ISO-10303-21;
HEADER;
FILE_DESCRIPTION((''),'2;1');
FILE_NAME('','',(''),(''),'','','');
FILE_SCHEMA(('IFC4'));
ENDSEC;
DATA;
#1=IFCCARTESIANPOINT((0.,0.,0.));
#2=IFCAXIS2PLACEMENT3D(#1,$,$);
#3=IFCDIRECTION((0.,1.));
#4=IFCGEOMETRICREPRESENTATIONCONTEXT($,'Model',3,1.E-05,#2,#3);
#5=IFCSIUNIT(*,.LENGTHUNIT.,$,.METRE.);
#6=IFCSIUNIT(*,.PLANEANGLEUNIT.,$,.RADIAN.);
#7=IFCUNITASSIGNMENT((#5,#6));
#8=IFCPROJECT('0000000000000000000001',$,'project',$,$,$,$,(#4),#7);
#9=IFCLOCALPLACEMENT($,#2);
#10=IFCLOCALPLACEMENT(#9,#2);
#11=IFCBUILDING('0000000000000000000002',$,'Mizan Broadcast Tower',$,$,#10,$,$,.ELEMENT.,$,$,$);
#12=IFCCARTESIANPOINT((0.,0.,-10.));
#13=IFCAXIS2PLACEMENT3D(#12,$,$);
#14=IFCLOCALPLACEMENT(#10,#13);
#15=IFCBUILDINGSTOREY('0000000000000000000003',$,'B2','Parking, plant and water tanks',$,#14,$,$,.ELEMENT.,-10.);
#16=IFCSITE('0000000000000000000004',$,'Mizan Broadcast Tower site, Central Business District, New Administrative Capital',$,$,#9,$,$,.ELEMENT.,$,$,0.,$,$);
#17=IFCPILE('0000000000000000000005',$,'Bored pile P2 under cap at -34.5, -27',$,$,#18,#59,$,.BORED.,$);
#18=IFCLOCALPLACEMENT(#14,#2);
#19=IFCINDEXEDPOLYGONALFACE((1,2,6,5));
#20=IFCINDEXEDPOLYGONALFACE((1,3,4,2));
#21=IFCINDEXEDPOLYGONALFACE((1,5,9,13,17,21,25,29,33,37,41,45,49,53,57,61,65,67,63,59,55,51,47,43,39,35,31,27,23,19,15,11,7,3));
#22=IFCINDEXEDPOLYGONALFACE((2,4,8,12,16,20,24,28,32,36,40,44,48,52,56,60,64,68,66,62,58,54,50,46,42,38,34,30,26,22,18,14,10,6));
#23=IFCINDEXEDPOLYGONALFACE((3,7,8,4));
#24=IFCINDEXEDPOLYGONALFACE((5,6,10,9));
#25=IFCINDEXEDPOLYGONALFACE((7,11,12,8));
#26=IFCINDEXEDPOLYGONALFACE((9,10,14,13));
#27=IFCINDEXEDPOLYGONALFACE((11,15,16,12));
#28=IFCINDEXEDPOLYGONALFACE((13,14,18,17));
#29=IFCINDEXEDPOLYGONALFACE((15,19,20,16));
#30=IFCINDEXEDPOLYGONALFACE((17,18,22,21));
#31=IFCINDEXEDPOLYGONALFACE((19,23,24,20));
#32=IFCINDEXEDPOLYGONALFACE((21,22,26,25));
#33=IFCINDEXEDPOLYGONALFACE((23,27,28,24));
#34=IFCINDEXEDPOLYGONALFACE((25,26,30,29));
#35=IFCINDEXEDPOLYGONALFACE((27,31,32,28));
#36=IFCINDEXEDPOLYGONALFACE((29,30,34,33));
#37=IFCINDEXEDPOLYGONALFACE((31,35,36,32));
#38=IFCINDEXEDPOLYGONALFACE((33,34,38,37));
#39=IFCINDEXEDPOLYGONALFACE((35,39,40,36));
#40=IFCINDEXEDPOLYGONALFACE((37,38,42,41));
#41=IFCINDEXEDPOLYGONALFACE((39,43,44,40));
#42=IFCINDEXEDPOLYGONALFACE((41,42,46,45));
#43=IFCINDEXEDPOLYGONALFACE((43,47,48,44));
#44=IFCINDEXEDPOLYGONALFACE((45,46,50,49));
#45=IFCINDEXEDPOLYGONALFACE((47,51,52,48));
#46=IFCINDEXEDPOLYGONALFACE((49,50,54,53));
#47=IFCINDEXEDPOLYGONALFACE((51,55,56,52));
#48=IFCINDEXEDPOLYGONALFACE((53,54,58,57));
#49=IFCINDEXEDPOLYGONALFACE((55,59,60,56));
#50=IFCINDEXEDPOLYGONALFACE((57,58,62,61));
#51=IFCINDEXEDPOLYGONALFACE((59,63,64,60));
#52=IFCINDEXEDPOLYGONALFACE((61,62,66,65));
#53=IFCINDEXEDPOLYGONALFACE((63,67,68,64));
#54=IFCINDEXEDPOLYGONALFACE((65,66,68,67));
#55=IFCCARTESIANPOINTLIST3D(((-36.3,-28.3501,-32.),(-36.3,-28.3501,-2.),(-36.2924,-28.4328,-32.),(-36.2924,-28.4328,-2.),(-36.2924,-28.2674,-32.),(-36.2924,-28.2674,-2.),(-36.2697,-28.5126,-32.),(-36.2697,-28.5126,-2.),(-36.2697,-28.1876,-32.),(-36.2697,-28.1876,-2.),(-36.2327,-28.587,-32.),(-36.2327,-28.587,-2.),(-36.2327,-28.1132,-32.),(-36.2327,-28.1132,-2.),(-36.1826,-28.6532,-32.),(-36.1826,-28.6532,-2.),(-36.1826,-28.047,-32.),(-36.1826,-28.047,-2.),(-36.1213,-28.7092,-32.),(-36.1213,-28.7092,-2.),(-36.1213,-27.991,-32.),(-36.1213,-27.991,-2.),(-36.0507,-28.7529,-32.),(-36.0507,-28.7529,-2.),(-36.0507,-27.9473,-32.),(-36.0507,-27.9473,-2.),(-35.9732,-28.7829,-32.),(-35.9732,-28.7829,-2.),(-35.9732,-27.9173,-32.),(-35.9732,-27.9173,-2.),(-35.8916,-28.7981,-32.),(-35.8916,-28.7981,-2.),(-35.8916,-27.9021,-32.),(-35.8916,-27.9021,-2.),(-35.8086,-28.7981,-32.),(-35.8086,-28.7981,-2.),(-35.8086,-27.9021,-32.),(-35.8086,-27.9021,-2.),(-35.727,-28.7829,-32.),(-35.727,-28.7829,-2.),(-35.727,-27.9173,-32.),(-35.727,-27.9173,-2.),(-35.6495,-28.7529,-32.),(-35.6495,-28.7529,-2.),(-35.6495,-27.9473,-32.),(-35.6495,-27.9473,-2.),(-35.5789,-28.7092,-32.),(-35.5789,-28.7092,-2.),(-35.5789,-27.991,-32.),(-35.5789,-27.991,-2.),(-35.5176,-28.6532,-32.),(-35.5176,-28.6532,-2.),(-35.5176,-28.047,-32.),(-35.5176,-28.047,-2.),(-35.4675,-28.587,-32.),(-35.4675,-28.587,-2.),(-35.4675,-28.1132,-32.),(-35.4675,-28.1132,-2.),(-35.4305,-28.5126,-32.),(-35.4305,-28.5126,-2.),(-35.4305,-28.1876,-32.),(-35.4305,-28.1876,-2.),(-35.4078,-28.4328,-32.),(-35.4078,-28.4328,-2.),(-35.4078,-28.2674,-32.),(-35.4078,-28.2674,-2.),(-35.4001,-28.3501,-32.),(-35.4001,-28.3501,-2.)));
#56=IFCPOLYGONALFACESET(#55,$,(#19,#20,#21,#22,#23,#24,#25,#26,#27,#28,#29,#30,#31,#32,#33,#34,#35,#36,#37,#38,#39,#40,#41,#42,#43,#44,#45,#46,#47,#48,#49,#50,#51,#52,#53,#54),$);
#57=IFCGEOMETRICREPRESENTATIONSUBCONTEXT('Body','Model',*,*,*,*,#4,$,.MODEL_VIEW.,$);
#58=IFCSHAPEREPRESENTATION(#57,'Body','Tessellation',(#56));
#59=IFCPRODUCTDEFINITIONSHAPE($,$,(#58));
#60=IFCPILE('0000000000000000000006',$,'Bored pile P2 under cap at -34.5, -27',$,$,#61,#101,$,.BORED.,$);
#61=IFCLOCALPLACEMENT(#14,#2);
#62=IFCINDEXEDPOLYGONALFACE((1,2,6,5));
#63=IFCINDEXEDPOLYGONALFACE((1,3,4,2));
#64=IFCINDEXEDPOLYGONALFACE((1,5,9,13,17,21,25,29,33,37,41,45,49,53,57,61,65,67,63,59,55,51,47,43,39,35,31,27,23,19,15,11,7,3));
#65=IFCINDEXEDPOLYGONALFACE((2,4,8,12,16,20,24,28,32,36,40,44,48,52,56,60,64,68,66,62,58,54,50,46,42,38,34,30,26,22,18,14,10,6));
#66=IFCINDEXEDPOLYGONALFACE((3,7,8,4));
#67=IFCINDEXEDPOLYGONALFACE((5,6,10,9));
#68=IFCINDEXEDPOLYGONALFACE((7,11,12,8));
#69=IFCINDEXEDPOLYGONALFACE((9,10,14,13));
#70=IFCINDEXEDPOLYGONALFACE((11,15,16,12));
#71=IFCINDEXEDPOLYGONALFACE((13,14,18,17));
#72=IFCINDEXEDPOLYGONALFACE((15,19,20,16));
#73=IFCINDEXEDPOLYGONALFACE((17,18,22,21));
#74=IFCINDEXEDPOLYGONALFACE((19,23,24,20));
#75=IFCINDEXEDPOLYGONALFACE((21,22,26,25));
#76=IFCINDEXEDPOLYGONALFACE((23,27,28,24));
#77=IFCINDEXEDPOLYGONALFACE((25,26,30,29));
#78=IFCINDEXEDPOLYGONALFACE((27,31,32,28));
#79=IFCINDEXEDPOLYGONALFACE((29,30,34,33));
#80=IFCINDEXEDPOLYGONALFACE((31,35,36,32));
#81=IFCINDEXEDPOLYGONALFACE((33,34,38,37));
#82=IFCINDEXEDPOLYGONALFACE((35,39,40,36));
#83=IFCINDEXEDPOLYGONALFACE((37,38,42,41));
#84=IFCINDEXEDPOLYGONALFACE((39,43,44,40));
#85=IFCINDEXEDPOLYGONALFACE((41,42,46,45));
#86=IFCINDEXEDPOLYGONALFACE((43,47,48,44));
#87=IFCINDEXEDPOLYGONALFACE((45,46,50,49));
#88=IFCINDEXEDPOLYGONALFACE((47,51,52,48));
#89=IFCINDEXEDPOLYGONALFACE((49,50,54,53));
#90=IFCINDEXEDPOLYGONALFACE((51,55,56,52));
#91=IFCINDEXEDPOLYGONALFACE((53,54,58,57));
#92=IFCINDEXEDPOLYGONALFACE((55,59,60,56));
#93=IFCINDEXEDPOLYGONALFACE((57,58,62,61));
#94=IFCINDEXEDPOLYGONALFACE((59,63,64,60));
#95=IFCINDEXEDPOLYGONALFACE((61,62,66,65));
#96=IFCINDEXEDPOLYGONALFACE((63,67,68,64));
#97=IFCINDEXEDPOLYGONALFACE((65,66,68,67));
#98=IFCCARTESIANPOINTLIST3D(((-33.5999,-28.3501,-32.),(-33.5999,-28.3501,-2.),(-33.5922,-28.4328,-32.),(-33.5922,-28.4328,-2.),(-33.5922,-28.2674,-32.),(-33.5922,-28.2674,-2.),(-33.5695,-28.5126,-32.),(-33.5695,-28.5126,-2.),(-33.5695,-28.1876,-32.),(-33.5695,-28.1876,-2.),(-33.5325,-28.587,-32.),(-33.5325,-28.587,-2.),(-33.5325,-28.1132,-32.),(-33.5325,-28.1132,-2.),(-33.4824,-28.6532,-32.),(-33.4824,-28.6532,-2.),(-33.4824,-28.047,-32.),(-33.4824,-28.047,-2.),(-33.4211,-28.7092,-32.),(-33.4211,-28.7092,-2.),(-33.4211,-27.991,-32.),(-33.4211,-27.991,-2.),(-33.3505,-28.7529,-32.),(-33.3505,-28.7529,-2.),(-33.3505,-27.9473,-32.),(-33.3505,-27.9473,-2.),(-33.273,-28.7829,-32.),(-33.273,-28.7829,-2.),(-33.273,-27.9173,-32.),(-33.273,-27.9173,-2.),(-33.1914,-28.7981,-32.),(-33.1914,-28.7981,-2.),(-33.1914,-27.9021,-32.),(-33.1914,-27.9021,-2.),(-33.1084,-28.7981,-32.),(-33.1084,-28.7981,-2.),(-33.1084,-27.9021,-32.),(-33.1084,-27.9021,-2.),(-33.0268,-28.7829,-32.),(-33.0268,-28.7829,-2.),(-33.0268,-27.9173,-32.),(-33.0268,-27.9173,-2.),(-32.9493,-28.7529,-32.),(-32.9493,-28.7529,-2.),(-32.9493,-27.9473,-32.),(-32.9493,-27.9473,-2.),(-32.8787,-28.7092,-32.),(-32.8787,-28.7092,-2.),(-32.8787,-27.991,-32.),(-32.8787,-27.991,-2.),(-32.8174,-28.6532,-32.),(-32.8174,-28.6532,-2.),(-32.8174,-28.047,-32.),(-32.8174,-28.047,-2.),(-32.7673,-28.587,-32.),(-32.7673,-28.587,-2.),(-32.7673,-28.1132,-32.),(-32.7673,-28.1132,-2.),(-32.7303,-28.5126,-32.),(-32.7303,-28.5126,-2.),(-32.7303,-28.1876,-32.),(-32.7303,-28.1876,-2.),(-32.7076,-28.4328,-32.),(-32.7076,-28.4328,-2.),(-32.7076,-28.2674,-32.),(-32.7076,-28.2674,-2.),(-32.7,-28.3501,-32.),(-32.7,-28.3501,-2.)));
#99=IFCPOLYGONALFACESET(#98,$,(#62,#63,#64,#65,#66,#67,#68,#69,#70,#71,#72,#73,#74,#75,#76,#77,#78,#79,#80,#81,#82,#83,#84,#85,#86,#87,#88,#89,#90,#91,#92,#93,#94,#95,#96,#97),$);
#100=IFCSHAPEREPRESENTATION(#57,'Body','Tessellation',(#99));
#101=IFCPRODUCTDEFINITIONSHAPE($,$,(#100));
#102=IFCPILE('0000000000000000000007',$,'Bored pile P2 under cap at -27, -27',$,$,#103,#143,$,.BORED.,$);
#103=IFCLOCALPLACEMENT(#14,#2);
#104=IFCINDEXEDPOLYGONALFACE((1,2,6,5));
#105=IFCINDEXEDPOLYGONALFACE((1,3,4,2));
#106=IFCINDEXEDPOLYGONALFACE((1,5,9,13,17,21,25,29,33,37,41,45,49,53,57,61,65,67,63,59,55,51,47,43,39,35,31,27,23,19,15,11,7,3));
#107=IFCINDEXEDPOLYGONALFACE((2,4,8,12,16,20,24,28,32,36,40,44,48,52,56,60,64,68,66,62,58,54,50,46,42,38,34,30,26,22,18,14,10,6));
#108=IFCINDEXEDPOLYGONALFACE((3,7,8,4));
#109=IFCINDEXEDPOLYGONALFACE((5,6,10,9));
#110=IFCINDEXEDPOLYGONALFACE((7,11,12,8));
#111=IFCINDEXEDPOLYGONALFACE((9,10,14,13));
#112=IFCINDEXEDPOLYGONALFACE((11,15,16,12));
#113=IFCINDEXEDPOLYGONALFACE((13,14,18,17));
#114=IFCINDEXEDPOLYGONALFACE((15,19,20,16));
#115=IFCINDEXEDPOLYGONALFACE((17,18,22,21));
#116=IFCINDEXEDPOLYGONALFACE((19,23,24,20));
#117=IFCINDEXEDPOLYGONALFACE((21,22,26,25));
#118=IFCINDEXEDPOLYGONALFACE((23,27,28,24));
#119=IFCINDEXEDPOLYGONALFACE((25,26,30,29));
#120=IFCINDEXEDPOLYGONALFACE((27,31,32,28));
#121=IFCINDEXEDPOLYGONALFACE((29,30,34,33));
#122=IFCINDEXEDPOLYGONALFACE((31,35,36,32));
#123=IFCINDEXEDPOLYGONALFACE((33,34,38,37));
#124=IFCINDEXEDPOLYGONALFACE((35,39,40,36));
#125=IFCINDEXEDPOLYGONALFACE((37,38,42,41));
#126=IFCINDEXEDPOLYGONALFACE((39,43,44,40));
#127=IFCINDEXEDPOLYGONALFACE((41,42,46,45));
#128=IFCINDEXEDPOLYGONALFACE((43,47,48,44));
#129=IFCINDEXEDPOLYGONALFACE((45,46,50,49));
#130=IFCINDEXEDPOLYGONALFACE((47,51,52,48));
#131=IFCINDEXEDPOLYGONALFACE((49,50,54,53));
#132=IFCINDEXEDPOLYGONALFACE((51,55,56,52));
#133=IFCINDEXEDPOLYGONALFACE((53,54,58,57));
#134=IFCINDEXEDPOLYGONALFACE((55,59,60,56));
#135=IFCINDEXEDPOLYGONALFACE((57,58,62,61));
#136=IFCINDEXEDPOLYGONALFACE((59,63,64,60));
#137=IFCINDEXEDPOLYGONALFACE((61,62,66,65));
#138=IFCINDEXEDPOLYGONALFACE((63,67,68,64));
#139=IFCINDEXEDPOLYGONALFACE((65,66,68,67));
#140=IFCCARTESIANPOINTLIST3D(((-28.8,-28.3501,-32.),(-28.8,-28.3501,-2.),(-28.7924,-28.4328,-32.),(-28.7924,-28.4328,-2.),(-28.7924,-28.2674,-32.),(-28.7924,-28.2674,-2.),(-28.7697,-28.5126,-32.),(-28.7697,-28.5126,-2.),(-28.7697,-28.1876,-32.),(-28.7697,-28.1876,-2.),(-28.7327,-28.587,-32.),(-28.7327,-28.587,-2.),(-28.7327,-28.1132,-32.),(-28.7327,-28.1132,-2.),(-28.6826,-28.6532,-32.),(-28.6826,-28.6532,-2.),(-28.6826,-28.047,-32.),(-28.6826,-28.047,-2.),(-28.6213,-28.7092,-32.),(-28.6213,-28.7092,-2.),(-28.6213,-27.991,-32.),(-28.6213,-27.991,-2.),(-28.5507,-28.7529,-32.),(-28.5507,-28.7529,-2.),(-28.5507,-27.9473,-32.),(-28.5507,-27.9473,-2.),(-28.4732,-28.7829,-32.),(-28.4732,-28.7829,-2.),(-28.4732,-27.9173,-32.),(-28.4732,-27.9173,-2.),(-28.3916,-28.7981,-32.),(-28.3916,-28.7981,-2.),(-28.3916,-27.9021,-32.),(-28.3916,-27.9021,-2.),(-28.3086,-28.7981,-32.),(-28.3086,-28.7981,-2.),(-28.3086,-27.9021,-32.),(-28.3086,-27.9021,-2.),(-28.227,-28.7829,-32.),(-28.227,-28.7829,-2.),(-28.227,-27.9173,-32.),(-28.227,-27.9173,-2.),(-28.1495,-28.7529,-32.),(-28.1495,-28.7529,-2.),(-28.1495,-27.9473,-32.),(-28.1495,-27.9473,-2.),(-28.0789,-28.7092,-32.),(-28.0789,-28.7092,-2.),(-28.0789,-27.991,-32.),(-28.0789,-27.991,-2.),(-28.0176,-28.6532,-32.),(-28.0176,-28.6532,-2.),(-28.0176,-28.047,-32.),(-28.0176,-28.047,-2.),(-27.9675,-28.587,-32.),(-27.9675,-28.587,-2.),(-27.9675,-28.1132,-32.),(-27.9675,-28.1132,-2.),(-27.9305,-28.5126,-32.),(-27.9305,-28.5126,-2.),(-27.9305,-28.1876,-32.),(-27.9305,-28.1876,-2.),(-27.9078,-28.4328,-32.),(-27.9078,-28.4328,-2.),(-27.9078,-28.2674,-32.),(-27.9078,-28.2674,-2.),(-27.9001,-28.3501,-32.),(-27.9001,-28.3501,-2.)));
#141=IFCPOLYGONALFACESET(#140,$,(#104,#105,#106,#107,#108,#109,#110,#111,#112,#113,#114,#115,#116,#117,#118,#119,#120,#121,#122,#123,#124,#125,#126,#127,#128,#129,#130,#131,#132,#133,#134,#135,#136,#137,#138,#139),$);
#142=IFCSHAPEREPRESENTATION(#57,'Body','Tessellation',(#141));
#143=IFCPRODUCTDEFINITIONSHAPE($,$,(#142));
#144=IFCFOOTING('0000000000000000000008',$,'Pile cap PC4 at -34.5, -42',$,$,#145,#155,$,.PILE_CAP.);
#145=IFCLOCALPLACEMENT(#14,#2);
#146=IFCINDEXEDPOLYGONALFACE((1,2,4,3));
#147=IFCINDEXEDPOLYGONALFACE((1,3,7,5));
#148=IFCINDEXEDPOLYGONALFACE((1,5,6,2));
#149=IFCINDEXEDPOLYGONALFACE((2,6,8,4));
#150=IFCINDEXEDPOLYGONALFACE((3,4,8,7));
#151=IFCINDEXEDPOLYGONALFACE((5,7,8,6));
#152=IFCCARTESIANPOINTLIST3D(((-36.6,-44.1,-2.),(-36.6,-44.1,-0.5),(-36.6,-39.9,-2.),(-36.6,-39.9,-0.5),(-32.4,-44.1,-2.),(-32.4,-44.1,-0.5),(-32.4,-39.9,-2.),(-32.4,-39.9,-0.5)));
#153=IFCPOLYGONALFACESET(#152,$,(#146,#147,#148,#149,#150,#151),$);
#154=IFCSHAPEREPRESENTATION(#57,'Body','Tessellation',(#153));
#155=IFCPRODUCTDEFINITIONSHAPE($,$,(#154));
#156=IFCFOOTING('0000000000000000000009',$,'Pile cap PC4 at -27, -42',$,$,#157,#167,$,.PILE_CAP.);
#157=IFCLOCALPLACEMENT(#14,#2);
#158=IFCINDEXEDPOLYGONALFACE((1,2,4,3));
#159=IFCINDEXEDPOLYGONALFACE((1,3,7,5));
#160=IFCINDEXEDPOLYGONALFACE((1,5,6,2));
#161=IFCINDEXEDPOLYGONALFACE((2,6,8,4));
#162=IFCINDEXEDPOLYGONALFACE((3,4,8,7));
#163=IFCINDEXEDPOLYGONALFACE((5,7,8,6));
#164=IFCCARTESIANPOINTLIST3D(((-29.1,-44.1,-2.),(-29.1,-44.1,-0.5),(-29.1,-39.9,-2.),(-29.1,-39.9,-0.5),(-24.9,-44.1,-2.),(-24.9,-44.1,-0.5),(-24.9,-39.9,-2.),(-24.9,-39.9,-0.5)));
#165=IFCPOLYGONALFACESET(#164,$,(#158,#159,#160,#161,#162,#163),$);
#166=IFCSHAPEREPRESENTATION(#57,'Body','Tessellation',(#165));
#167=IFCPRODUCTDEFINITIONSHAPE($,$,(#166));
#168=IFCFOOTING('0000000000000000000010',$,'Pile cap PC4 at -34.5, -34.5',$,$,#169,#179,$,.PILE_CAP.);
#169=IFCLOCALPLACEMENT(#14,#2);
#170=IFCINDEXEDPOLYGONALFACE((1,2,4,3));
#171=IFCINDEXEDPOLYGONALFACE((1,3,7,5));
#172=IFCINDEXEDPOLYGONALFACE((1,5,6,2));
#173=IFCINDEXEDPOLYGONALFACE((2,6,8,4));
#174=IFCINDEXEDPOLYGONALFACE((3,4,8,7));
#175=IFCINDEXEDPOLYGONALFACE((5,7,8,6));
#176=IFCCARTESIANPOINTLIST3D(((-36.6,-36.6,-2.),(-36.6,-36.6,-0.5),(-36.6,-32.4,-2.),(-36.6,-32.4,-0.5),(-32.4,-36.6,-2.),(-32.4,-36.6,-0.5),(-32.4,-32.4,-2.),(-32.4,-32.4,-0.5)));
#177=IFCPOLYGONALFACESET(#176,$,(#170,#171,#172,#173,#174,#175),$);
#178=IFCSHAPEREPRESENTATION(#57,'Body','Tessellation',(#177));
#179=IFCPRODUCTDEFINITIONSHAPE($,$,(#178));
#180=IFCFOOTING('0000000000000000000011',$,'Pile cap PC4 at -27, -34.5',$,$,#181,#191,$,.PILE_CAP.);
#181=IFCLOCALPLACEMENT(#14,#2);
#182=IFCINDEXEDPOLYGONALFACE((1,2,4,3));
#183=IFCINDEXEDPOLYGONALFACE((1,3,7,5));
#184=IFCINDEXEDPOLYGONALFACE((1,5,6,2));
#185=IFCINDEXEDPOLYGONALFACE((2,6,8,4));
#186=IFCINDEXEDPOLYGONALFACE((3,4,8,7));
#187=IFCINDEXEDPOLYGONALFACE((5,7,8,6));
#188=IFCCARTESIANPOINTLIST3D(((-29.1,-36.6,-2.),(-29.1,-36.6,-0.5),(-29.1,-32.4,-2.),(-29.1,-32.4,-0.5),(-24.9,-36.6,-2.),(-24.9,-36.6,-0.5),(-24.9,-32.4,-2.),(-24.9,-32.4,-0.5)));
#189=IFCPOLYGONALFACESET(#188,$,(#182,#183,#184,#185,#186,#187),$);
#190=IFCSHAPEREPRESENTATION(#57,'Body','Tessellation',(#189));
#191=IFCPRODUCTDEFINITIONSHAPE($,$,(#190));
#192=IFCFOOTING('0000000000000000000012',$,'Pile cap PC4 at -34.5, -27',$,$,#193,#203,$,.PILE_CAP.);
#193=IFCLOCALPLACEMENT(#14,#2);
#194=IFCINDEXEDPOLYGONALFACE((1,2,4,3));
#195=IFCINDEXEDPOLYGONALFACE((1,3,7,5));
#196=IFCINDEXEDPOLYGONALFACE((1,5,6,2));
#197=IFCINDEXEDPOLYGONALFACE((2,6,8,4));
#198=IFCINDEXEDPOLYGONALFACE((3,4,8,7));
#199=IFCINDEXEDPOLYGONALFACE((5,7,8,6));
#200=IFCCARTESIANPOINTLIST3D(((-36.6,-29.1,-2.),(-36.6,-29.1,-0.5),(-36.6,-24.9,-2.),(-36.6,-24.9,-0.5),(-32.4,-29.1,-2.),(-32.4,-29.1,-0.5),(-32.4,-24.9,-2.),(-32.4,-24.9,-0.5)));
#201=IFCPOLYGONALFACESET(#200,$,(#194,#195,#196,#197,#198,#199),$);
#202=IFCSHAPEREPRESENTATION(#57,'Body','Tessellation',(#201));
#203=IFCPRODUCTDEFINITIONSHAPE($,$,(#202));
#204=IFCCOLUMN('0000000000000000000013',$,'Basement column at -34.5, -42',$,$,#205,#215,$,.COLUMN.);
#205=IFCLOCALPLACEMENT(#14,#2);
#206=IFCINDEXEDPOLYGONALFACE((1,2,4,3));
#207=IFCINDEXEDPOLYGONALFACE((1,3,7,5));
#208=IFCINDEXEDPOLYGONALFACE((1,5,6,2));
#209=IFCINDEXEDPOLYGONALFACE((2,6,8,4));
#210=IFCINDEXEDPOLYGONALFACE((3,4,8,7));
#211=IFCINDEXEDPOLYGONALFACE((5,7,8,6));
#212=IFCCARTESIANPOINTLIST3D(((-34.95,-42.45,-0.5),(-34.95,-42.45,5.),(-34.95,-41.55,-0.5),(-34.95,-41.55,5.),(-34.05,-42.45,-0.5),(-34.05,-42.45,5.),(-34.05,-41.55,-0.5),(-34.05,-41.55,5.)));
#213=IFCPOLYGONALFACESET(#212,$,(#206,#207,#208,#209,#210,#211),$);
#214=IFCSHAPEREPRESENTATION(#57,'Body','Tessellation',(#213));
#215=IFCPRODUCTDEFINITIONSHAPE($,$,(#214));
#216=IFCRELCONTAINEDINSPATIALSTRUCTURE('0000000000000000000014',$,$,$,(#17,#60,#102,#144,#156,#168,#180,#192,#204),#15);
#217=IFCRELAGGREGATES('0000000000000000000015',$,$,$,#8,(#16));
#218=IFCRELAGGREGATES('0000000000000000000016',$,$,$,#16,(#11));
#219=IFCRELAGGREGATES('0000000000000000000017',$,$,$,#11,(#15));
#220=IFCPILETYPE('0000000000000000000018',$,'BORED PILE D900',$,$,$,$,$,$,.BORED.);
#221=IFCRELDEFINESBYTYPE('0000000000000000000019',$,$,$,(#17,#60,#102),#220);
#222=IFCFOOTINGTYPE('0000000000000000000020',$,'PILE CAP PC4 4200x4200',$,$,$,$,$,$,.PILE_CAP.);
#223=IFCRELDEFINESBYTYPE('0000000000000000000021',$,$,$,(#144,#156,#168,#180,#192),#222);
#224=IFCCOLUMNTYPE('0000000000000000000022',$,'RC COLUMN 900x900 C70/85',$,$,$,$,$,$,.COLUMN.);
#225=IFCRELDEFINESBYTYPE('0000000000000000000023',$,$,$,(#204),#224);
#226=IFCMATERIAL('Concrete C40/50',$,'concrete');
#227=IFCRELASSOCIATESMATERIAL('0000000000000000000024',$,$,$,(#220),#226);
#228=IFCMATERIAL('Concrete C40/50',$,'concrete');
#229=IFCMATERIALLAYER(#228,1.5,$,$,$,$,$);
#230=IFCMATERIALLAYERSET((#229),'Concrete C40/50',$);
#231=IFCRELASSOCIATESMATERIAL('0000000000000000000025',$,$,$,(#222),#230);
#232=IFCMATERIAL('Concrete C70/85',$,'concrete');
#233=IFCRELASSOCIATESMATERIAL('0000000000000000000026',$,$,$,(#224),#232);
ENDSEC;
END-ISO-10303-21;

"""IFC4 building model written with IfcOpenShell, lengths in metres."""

from ifc_helpers import new_model, si_unit, direction, frame, origin, origin_2d, place, context, subcontext, project, spatial, rectangle, circle, extrude, material, layer, layer_set, material_profile, profile_set, type_object, element, save


model = new_model("IFC4")

# Units and contexts
model_context = context("Model", 3, precision=1e-05, world=origin(), true_north=direction((0.0, 1.0)))
body_context = subcontext(model_context, "Body", "Model", "MODEL_VIEW")
ifc_project = project(units=[si_unit("LENGTHUNIT", "METRE"), si_unit("PLANEANGLEUNIT", "RADIAN")], contexts=[model_context])

# Site, building, storey
site_placement = place(None, origin())
site = spatial("IfcSite", under=ifc_project, at=site_placement, Name="Mizan Broadcast Tower site, Central Business District, New Administrative Capital", CompositionType="ELEMENT", RefElevation=0.0)
building_placement = place(site_placement, origin())
building = spatial("IfcBuilding", under=site, at=building_placement, Name="Mizan Broadcast Tower", CompositionType="ELEMENT")
storey_placement = place(building_placement, frame((0.0, 0.0, -10.0)))
storey = spatial("IfcBuildingStorey", under=building, at=storey_placement, Name="B2", Description="Parking, plant and water tanks", CompositionType="ELEMENT", Elevation=-10.0)

# Piles
ifc_material_1 = material(Name="Concrete C40/50", Category="concrete")
ifc_material_profile_1 = material_profile(ifc_material_1, circle(Radius=0.45, at=origin_2d()), Name="D900")
ifc_profile_set_1 = profile_set([ifc_material_profile_1], Name="Concrete C40/50")
pile_type = type_object("IfcPileType", Name="BORED PILE D900", PredefinedType="BORED", material=ifc_profile_set_1)
for number, where, z_axis, x_axis, name in (
    (1, (-35.8501, -28.3501, -2.0), (0.0, 0.0, -1.0), (1.0, 0.0, 0.0), "Bored pile P2 under cap at -34.5, -27"),
    (2, (-33.1499, -28.3501, -2.0), (0.0, 0.0, -1.0), (1.0, 0.0, 0.0), "Bored pile P2 under cap at -34.5, -27"),
    (3, (-28.3501, -28.3501, -2.0), (0.0, 0.0, -1.0), (1.0, 0.0, 0.0), "Bored pile P2 under cap at -27, -27"),
):
    element("IfcPile", number, at=place(storey_placement, frame(where, z_axis=z_axis, x_axis=x_axis)), inside=storey, type_object=pile_type, Name=name, PredefinedType="BORED", context=body_context, shape_type="SweptSolid", body=[
        extrude(circle(Radius=0.45, at=origin_2d()), origin(), (0.0, 0.0, 1.0), 30.0),
    ])

# Footings
ifc_material_2 = material(Name="Concrete C40/50", Category="concrete")
ifc_layer_1 = layer(ifc_material_2, 1.5)
ifc_layer_set_1 = layer_set([ifc_layer_1], Name="Concrete C40/50")
footing_type = type_object("IfcFootingType", Name="PILE CAP PC4 4200x4200", PredefinedType="PILE_CAP", material=ifc_layer_set_1)
for number, where, z_axis, x_axis, name in (
    (4, (-34.5, -42.0, -2.0), (0.0, 0.0, 1.0), (1.0, 0.0, 0.0), "Pile cap PC4 at -34.5, -42"),
    (5, (-27.0, -42.0, -2.0), (0.0, 0.0, 1.0), (1.0, 0.0, 0.0), "Pile cap PC4 at -27, -42"),
    (6, (-34.5, -34.5, -2.0), (0.0, 0.0, 1.0), (1.0, 0.0, 0.0), "Pile cap PC4 at -34.5, -34.5"),
    (7, (-27.0, -34.5, -2.0), (0.0, 0.0, 1.0), (1.0, 0.0, 0.0), "Pile cap PC4 at -27, -34.5"),
    (8, (-34.5, -27.0, -2.0), (0.0, 0.0, 1.0), (1.0, 0.0, 0.0), "Pile cap PC4 at -34.5, -27"),
):
    element("IfcFooting", number, at=place(storey_placement, frame(where, z_axis=z_axis, x_axis=x_axis)), inside=storey, type_object=footing_type, Name=name, PredefinedType="PILE_CAP", context=body_context, shape_type="SweptSolid", body=[
        extrude(rectangle(XDim=4.2, YDim=4.2, at=origin_2d()), origin(), (0.0, 0.0, 1.0), 1.5),
    ])

# Column
ifc_material_3 = material(Name="Concrete C70/85", Category="concrete")
ifc_material_profile_2 = material_profile(ifc_material_3, rectangle(XDim=0.8999, YDim=0.8999, at=origin_2d()), Name="RC 900x900")
ifc_profile_set_2 = profile_set([ifc_material_profile_2], Name="Concrete C70/85")
column_type = type_object("IfcColumnType", Name="RC COLUMN 900x900 C70/85", PredefinedType="COLUMN", material=ifc_profile_set_2)
for number, where, z_axis, x_axis, name in (
    (9, (-34.5, -42.0, -0.5), (0.0, 0.0, 1.0), (1.0, 0.0, 0.0), "Basement column at -34.5, -42"),
):
    element("IfcColumn", number, at=place(storey_placement, frame(where, z_axis=z_axis, x_axis=x_axis)), inside=storey, type_object=column_type, Name=name, PredefinedType="COLUMN", context=body_context, shape_type="SweptSolid", body=[
        extrude(rectangle(XDim=0.8999, YDim=0.8999, at=origin_2d()), origin(), (0.0, 0.0, 1.0), 5.5),
    ])

save(model, "model.ifc")
